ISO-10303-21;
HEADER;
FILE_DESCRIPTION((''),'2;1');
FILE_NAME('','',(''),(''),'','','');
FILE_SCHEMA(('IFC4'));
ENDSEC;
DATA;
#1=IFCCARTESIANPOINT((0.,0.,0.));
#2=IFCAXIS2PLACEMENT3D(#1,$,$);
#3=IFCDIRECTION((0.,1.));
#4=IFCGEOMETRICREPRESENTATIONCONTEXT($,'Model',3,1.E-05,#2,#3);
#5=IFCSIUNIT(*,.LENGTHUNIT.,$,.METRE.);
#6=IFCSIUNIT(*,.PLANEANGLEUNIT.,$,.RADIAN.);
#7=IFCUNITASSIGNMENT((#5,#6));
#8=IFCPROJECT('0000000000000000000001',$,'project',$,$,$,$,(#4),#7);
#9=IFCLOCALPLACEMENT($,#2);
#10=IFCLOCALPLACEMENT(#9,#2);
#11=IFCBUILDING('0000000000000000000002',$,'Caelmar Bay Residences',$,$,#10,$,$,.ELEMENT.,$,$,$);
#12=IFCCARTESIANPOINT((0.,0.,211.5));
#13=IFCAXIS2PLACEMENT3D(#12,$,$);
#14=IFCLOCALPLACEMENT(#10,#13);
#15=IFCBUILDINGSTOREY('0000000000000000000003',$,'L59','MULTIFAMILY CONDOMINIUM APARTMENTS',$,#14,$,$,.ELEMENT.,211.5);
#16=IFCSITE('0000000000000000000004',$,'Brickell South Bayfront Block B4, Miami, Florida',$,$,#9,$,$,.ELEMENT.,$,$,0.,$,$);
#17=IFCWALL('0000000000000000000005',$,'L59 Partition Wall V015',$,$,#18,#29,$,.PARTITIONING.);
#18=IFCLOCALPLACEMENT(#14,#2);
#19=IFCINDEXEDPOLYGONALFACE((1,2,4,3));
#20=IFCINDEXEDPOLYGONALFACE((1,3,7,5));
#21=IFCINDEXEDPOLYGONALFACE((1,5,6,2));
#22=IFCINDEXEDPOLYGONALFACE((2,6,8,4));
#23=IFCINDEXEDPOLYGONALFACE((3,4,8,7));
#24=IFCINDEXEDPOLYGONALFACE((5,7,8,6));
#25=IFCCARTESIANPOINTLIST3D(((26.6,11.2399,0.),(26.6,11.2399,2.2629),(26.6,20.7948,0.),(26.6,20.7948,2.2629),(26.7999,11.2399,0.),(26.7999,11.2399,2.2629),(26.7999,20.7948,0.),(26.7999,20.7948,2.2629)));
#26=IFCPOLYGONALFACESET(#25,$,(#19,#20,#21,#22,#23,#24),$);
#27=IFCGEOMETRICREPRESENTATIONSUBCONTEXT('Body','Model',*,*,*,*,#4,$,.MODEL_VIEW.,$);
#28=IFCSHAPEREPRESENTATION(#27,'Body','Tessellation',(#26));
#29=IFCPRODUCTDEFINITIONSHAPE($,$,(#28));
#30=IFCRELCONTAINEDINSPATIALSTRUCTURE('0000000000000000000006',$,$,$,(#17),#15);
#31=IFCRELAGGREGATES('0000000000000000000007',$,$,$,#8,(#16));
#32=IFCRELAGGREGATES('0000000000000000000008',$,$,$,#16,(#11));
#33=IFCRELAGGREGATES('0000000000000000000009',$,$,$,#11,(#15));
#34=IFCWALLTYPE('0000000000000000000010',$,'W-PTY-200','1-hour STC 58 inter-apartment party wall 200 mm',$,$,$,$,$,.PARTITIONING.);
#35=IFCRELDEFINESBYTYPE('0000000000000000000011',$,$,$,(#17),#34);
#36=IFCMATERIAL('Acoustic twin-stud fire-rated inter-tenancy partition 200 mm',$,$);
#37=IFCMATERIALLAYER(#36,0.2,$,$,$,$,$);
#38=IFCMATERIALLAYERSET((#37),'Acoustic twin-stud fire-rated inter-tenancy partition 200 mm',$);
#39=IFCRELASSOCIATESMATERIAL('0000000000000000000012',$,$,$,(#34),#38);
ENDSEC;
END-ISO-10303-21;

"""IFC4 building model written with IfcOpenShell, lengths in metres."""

from ifc_helpers import new_model, si_unit, direction, frame, frame_2d, origin, place, context, subcontext, project, spatial, rectangle, extrude, material, layer, layer_set, type_object, element, save


model = new_model("IFC4")

# Units and contexts
model_context = context("Model", 3, precision=1e-05, world=origin(), true_north=direction((0.0, 1.0)))
body_context = subcontext(model_context, "Body", "Model", "MODEL_VIEW")
ifc_project = project(units=[si_unit("LENGTHUNIT", "METRE"), si_unit("PLANEANGLEUNIT", "RADIAN")], contexts=[model_context])

# Site, building, storey
site_placement = place(None, origin())
site = spatial("IfcSite", under=ifc_project, at=site_placement, Name="Brickell South Bayfront Block B4, Miami, Florida", CompositionType="ELEMENT", RefElevation=0.0)
building_placement = place(site_placement, origin())
building = spatial("IfcBuilding", under=site, at=building_placement, Name="Caelmar Bay Residences", CompositionType="ELEMENT")
storey_placement = place(building_placement, frame((0.0, 0.0, 211.5)))
storey = spatial("IfcBuildingStorey", under=building, at=storey_placement, Name="L59", Description="MULTIFAMILY CONDOMINIUM APARTMENTS", CompositionType="ELEMENT", Elevation=211.5)

# Wall
ifc_material_1 = material(Name="Acoustic twin-stud fire-rated inter-tenancy partition 200 mm")
ifc_layer_1 = layer(ifc_material_1, 0.2)
ifc_layer_set_1 = layer_set([ifc_layer_1], Name="Acoustic twin-stud fire-rated inter-tenancy partition 200 mm")
wall_type_1 = type_object("IfcWallType", Name="W-PTY-200", Description="1-hour STC 58 inter-apartment party wall 200 mm", PredefinedType="PARTITIONING", material=ifc_layer_set_1)
wall_1_placement = place(storey_placement, frame((26.7, 11.24, 0.0), z_axis=(0.0, 0.0, 1.0), x_axis=(0.0, 1.0, 0.0)))
element("IfcWall", 1, at=wall_1_placement, inside=storey, type_object=wall_type_1, Name="L59 Partition Wall V015", PredefinedType="PARTITIONING", context=body_context, shape_type="SweptSolid", body=[
    extrude(rectangle(XDim=9.5549, YDim=0.2, at=frame_2d((4.7773, 0.0))), origin(), (0.0, 0.0, 1.0), 2.2629),
])

save(model, "model.ifc")
